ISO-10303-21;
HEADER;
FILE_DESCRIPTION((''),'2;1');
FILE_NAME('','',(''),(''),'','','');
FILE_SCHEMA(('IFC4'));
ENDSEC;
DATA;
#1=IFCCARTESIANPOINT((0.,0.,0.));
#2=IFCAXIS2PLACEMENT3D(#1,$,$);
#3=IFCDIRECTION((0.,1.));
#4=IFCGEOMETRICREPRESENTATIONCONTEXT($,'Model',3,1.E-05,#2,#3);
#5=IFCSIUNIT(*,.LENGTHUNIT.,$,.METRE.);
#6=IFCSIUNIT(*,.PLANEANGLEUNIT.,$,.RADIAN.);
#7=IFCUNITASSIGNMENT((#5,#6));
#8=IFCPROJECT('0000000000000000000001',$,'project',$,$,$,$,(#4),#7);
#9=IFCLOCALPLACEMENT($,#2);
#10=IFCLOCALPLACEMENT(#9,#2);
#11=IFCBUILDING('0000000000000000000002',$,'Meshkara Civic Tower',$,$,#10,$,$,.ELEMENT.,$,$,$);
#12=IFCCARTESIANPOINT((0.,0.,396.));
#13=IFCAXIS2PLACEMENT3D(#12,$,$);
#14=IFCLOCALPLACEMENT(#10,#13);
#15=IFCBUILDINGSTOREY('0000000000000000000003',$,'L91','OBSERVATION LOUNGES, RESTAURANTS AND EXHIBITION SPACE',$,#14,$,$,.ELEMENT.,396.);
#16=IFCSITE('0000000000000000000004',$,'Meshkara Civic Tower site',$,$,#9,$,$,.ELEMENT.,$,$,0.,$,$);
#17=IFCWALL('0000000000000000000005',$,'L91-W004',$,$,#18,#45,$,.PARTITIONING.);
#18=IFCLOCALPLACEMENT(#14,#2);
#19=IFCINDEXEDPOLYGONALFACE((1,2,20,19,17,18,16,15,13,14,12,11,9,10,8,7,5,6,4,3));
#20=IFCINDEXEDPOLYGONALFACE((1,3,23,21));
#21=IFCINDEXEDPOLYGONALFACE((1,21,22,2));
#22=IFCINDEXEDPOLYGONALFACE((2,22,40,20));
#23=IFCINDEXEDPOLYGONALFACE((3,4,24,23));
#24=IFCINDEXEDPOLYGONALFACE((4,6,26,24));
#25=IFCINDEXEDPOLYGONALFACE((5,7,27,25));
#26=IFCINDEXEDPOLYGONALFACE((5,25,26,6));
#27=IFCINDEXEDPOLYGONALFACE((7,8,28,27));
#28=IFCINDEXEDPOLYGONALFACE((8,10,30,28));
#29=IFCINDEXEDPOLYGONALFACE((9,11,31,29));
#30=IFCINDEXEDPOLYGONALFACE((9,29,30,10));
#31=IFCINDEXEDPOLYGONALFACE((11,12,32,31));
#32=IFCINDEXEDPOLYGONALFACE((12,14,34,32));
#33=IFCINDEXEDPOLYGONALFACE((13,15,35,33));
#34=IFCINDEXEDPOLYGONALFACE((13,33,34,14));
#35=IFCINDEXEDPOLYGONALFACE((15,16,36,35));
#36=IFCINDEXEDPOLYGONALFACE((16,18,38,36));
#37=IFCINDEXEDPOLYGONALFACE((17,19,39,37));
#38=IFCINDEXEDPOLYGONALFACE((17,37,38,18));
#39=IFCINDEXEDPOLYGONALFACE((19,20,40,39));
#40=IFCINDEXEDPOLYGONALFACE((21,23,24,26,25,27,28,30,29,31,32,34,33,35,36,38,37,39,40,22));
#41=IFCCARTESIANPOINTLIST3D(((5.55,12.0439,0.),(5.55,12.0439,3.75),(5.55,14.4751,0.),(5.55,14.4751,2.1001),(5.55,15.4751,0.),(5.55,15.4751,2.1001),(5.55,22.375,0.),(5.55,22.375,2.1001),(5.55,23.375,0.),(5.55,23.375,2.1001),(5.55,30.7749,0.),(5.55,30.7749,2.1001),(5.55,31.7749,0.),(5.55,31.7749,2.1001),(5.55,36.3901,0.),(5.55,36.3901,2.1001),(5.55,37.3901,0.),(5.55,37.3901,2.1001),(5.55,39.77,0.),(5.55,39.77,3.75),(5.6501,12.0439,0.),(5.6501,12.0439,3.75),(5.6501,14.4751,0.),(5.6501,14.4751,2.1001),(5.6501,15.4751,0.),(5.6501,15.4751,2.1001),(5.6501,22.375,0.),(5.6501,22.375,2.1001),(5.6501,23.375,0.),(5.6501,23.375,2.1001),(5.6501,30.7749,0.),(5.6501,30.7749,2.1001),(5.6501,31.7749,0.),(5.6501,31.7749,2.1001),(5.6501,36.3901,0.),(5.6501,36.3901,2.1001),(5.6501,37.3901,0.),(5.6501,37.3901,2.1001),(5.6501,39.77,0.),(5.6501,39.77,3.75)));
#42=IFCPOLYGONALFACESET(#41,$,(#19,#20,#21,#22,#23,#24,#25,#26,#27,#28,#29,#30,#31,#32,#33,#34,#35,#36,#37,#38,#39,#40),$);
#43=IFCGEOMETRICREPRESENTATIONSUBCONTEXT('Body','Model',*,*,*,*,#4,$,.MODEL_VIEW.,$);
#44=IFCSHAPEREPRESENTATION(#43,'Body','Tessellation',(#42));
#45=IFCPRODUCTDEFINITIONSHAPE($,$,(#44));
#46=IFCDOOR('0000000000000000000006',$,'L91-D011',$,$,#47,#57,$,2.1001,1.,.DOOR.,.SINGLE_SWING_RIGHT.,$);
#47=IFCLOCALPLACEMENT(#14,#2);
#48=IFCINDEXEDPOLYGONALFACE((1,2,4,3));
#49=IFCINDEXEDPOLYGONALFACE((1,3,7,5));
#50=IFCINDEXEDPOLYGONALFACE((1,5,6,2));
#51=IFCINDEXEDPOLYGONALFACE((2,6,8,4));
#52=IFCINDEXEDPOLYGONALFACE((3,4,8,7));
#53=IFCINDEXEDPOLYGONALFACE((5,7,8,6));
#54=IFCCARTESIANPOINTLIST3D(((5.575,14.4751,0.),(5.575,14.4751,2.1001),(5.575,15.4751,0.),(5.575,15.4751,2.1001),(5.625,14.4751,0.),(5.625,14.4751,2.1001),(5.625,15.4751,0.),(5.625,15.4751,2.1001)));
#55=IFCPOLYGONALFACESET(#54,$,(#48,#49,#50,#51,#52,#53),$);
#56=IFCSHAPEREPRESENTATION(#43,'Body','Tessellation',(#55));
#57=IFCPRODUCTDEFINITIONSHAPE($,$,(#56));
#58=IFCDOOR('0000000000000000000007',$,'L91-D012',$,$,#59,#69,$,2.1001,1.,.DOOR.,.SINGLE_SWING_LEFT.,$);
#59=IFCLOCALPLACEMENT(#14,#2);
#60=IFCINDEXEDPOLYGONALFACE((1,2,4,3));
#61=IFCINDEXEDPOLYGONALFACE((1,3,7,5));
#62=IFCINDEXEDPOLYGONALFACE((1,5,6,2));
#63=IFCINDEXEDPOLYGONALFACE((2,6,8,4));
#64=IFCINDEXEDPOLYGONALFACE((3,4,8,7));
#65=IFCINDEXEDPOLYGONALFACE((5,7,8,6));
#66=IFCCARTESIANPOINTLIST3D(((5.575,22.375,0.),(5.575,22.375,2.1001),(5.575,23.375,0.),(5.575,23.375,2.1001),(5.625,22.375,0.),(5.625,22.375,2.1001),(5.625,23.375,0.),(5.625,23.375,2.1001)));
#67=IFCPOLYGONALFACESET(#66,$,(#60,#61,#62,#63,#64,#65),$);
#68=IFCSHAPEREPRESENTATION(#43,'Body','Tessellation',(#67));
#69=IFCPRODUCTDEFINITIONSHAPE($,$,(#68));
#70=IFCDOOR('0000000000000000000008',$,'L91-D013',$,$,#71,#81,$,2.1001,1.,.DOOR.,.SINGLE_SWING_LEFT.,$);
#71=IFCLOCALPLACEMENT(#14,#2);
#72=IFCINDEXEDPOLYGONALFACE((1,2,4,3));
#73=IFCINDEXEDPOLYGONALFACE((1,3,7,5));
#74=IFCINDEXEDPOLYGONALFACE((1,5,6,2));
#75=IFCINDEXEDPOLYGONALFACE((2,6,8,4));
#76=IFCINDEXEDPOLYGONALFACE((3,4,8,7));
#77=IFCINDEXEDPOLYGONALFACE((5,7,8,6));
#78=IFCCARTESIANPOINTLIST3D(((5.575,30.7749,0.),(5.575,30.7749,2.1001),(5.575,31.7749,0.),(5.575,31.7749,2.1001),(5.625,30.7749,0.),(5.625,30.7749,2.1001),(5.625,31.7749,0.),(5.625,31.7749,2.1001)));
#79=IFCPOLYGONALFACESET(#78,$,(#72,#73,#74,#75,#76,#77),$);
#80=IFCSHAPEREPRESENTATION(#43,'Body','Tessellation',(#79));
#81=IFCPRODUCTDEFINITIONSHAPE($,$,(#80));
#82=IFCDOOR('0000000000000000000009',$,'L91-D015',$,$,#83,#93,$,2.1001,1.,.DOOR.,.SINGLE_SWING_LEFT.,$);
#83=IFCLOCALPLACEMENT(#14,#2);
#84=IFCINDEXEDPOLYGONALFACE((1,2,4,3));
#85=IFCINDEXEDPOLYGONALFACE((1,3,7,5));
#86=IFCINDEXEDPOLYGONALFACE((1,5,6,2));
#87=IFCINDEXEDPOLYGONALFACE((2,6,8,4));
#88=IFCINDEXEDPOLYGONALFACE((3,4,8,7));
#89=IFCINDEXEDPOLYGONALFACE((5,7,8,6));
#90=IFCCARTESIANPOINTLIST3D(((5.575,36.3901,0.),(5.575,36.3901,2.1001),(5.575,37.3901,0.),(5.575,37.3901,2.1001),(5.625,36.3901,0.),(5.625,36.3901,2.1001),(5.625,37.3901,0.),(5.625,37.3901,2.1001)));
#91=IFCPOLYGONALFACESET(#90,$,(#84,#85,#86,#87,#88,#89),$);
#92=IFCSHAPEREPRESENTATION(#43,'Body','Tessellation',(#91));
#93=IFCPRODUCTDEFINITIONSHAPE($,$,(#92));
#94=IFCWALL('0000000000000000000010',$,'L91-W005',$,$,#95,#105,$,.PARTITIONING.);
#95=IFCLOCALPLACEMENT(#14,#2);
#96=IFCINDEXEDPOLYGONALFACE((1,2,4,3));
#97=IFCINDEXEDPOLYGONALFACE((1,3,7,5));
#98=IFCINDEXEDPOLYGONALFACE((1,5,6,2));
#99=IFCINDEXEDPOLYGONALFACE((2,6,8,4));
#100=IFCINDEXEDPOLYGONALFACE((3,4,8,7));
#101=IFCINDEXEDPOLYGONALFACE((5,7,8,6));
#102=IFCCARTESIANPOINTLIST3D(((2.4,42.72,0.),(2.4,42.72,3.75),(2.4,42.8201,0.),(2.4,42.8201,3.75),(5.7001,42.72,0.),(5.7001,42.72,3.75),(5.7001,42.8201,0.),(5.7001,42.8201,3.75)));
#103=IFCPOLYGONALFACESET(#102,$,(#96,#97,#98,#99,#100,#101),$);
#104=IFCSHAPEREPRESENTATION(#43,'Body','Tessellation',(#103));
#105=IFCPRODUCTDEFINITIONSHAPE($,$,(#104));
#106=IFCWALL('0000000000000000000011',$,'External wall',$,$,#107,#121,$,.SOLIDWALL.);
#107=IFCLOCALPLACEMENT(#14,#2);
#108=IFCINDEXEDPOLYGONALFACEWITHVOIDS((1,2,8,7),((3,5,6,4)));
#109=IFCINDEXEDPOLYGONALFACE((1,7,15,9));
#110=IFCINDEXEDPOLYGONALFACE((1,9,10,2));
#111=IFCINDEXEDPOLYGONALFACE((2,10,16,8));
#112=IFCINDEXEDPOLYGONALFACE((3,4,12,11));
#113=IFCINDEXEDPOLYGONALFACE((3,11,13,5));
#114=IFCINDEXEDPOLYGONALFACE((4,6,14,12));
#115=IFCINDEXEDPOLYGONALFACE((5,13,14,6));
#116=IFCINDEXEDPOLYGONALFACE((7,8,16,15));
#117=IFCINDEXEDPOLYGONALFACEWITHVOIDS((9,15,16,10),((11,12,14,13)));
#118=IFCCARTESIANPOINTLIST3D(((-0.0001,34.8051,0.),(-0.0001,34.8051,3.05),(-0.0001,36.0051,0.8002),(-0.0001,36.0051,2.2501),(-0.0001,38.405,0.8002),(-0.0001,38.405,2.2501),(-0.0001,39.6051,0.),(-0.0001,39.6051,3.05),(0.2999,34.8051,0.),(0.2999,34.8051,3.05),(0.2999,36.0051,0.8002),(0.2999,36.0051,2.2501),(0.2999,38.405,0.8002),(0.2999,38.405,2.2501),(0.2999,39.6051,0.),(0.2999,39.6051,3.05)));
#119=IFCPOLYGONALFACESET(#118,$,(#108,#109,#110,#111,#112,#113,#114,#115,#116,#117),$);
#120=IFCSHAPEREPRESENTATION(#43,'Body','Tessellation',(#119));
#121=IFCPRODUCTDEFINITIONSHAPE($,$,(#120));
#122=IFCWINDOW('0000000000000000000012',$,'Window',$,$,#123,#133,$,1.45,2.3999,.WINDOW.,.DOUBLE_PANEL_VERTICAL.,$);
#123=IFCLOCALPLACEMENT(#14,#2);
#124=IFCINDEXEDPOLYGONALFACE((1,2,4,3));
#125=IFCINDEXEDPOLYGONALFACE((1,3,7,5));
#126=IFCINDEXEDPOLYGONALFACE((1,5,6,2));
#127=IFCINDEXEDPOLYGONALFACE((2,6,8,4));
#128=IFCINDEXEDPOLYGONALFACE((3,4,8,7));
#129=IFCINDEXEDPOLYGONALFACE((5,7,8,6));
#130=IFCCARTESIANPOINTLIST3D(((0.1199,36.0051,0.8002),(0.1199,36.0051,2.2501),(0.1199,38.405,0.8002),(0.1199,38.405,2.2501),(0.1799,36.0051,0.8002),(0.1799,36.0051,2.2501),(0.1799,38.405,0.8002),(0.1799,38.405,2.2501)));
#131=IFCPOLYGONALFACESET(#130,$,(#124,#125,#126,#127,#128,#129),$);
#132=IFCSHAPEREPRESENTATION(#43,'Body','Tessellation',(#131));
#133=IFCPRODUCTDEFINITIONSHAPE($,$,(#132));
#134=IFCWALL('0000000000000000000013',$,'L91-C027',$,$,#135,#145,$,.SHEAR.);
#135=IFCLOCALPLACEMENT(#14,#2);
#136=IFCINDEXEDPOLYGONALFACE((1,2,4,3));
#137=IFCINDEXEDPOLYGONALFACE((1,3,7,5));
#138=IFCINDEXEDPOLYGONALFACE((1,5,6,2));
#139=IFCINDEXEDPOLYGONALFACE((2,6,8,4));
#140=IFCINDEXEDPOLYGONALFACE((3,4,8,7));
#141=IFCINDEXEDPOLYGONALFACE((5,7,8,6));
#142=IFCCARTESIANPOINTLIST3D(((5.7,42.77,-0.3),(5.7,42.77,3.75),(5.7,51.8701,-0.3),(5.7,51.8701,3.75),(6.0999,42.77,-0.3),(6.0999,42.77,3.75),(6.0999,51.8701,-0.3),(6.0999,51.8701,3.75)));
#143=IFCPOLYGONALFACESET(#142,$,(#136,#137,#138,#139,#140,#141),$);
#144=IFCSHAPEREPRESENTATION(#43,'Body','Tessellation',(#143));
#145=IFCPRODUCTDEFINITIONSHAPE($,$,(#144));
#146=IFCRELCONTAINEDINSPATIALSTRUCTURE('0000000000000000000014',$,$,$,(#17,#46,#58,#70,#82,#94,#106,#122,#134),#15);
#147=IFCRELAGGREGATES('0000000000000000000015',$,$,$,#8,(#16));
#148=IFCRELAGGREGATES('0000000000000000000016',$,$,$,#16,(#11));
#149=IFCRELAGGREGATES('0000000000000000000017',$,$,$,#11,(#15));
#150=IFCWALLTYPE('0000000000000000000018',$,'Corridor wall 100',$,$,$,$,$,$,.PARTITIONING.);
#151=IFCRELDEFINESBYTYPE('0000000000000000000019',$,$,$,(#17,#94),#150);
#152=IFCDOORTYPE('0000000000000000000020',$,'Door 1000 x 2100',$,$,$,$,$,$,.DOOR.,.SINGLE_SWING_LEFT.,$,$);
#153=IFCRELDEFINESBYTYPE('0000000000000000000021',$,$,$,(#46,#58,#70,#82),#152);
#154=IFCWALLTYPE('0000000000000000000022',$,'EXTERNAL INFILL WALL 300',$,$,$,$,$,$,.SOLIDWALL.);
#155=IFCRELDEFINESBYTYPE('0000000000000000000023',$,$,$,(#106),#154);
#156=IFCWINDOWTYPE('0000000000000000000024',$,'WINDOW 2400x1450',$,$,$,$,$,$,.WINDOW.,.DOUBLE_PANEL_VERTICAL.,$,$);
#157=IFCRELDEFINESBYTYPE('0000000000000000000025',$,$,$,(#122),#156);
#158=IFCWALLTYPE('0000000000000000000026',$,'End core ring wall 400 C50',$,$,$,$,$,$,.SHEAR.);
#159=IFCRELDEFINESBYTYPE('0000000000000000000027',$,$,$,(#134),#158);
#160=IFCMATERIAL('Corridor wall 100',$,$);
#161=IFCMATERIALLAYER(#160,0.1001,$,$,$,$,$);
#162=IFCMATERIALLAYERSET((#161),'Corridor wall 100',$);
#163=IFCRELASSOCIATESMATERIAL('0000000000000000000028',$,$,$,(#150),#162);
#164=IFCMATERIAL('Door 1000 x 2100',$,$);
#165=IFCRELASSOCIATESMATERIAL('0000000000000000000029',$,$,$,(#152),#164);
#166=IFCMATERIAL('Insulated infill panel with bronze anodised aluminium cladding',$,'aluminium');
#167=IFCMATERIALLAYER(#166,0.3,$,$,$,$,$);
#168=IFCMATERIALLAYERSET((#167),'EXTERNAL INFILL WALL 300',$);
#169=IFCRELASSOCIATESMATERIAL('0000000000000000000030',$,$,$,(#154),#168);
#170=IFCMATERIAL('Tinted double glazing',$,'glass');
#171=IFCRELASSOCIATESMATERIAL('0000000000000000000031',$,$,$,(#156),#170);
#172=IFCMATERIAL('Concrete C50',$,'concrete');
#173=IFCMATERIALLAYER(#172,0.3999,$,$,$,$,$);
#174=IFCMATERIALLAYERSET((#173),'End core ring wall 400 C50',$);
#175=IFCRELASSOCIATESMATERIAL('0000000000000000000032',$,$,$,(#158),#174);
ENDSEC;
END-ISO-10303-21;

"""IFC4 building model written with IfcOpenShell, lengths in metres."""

from ifc_helpers import new_model, si_unit, direction, frame, frame_2d, origin, place, context, subcontext, project, spatial, rectangle, extrude, material, layer, layer_set, type_object, element, fill, save


model = new_model("IFC4")

# Units and contexts
model_context = context("Model", 3, precision=1e-05, world=origin(), true_north=direction((0.0, 1.0)))
body_context = subcontext(model_context, "Body", "Model", "MODEL_VIEW")
ifc_project = project(units=[si_unit("LENGTHUNIT", "METRE"), si_unit("PLANEANGLEUNIT", "RADIAN")], contexts=[model_context])

# Site, building, storey
site_placement = place(None, origin())
site = spatial("IfcSite", under=ifc_project, at=site_placement, Name="Meshkara Civic Tower site", CompositionType="ELEMENT", RefElevation=0.0)
building_placement = place(site_placement, origin())
building = spatial("IfcBuilding", under=site, at=building_placement, Name="Meshkara Civic Tower", CompositionType="ELEMENT")
storey_placement = place(building_placement, frame((0.0, 0.0, 396.0)))
storey = spatial("IfcBuildingStorey", under=building, at=storey_placement, Name="L91", Description="OBSERVATION LOUNGES, RESTAURANTS AND EXHIBITION SPACE", CompositionType="ELEMENT", Elevation=396.0)

# Shared definitions
ifc_material_1 = material(Name="Corridor wall 100")
ifc_layer_1 = layer(ifc_material_1, 0.1001)
ifc_layer_set_1 = layer_set([ifc_layer_1], Name="Corridor wall 100")
wall_type_1 = type_object("IfcWallType", Name="Corridor wall 100", PredefinedType="PARTITIONING", material=ifc_layer_set_1)

# Wall, openings, doors
wall_1_placement = place(storey_placement, frame((5.6001, 39.77, 0.0), z_axis=(0.0, 0.0, 1.0), x_axis=(0.0, -1.0, 0.0)))
wall_1 = element("IfcWall", 1, at=wall_1_placement, inside=storey, type_object=wall_type_1, Name="L91-W004", PredefinedType="PARTITIONING", context=body_context, shape_type="SweptSolid", body=[
    extrude(rectangle(XDim=27.7261, YDim=0.1001, at=frame_2d((13.863, 0.0))), origin(), (0.0, 0.0, 1.0), 3.75),
])
opening_1_placement = place(wall_1_placement, frame((24.2949, 0.0, 0.0)))
opening_1 = element("IfcOpeningElement", 2, at=opening_1_placement, cuts=wall_1, PredefinedType="OPENING", context=body_context, shape_type="SweptSolid", body=[
    extrude(rectangle(XDim=1.0, YDim=2.1001, at=frame_2d((0.5, 1.05))), frame((0.0, 0.0601, 0.0), z_axis=(0.0, -1.0, 0.0), x_axis=(1.0, 0.0, 0.0)), (0.0, 0.0, 1.0), 0.1201),
])
opening_2_placement = place(wall_1_placement, frame((16.395, 0.0, 0.0)))
opening_2 = element("IfcOpeningElement", 3, at=opening_2_placement, cuts=wall_1, PredefinedType="OPENING", context=body_context, shape_type="SweptSolid", body=[
    extrude(rectangle(XDim=1.0, YDim=2.1001, at=frame_2d((0.5, 1.05))), frame((0.0, 0.0601, 0.0), z_axis=(0.0, -1.0, 0.0), x_axis=(1.0, 0.0, 0.0)), (0.0, 0.0, 1.0), 0.1201),
])
opening_3_placement = place(wall_1_placement, frame((7.9951, 0.0, 0.0)))
opening_3 = element("IfcOpeningElement", 4, at=opening_3_placement, cuts=wall_1, PredefinedType="OPENING", context=body_context, shape_type="SweptSolid", body=[
    extrude(rectangle(XDim=1.0, YDim=2.1001, at=frame_2d((0.5, 1.05))), frame((0.0, 0.0601, 0.0), z_axis=(0.0, -1.0, 0.0), x_axis=(1.0, 0.0, 0.0)), (0.0, 0.0, 1.0), 0.1201),
])
opening_4_placement = place(wall_1_placement, frame((2.3799, 0.0, 0.0)))
opening_4 = element("IfcOpeningElement", 5, at=opening_4_placement, cuts=wall_1, PredefinedType="OPENING", context=body_context, shape_type="SweptSolid", body=[
    extrude(rectangle(XDim=1.0, YDim=2.1001, at=frame_2d((0.5, 1.05))), frame((0.0, 0.0601, 0.0), z_axis=(0.0, -1.0, 0.0), x_axis=(1.0, 0.0, 0.0)), (0.0, 0.0, 1.0), 0.1201),
])
ifc_material_2 = material(Name="Door 1000 x 2100")
door_type_1 = type_object("IfcDoorType", Name="Door 1000 x 2100", OperationType="SINGLE_SWING_LEFT", PredefinedType="DOOR", material=ifc_material_2)
door_1_placement = place(opening_1_placement, origin())
door_1 = element("IfcDoor", 6, at=door_1_placement, inside=storey, type_object=door_type_1, Name="L91-D011", OperationType="SINGLE_SWING_RIGHT", OverallHeight=2.1001, OverallWidth=1.0, PredefinedType="DOOR", context=body_context, shape_type="SweptSolid", body=[
    extrude(rectangle(XDim=1.0, YDim=2.1001, at=frame_2d((0.5, 1.05))), frame((0.0, 0.0249, 0.0), z_axis=(0.0, -1.0, 0.0), x_axis=(1.0, 0.0, 0.0)), (0.0, 0.0, 1.0), 0.05),
])
fill(opening_1, door_1)
door_2_placement = place(opening_2_placement, origin())
door_2 = element("IfcDoor", 7, at=door_2_placement, inside=storey, type_object=door_type_1, Name="L91-D012", OperationType="SINGLE_SWING_LEFT", OverallHeight=2.1001, OverallWidth=1.0, PredefinedType="DOOR", context=body_context, shape_type="SweptSolid", body=[
    extrude(rectangle(XDim=1.0, YDim=2.1001, at=frame_2d((0.5, 1.05))), frame((0.0, 0.0249, 0.0), z_axis=(0.0, -1.0, 0.0), x_axis=(1.0, 0.0, 0.0)), (0.0, 0.0, 1.0), 0.05),
])
fill(opening_2, door_2)
door_3_placement = place(opening_3_placement, origin())
door_3 = element("IfcDoor", 8, at=door_3_placement, inside=storey, type_object=door_type_1, Name="L91-D013", OperationType="SINGLE_SWING_LEFT", OverallHeight=2.1001, OverallWidth=1.0, PredefinedType="DOOR", context=body_context, shape_type="SweptSolid", body=[
    extrude(rectangle(XDim=1.0, YDim=2.1001, at=frame_2d((0.5, 1.05))), frame((0.0, 0.0249, 0.0), z_axis=(0.0, -1.0, 0.0), x_axis=(1.0, 0.0, 0.0)), (0.0, 0.0, 1.0), 0.05),
])
fill(opening_3, door_3)
door_4_placement = place(opening_4_placement, origin())
door_4 = element("IfcDoor", 9, at=door_4_placement, inside=storey, type_object=door_type_1, Name="L91-D015", OperationType="SINGLE_SWING_LEFT", OverallHeight=2.1001, OverallWidth=1.0, PredefinedType="DOOR", context=body_context, shape_type="SweptSolid", body=[
    extrude(rectangle(XDim=1.0, YDim=2.1001, at=frame_2d((0.5, 1.05))), frame((0.0, 0.0249, 0.0), z_axis=(0.0, -1.0, 0.0), x_axis=(1.0, 0.0, 0.0)), (0.0, 0.0, 1.0), 0.05),
])
fill(opening_4, door_4)

# Wall
wall_2_placement = place(storey_placement, frame((5.7, 42.77, 0.0), z_axis=(0.0, 0.0, 1.0), x_axis=(-1.0, 0.0, 0.0)))
element("IfcWall", 10, at=wall_2_placement, inside=storey, type_object=wall_type_1, Name="L91-W005", PredefinedType="PARTITIONING", context=body_context, shape_type="SweptSolid", body=[
    extrude(rectangle(XDim=3.3, YDim=0.1001, at=frame_2d((1.6499, 0.0))), origin(), (0.0, 0.0, 1.0), 3.75),
])

# Wall, opening, window
ifc_material_3 = material(Name="Insulated infill panel with bronze anodised aluminium cladding", Category="aluminium")
ifc_layer_2 = layer(ifc_material_3, 0.3)
ifc_layer_set_2 = layer_set([ifc_layer_2], Name="EXTERNAL INFILL WALL 300")
wall_type_2 = type_object("IfcWallType", Name="EXTERNAL INFILL WALL 300", PredefinedType="SOLIDWALL", material=ifc_layer_set_2)
wall_3_placement = place(storey_placement, frame((0.1499, 39.605, 0.0), z_axis=(0.0, 0.0, 1.0), x_axis=(0.0, -1.0, 0.0)))
wall_3 = element("IfcWall", 11, at=wall_3_placement, inside=storey, type_object=wall_type_2, Name="External wall", PredefinedType="SOLIDWALL", context=body_context, shape_type="SweptSolid", body=[
    extrude(rectangle(XDim=4.8, YDim=0.3, at=frame_2d((2.3999, 0.0))), origin(), (0.0, 0.0, 1.0), 3.05),
])
opening_5_placement = place(wall_3_placement, frame((1.2, 0.0, 0.8)))
opening_5 = element("IfcOpeningElement", 12, at=opening_5_placement, cuts=wall_3, PredefinedType="OPENING", context=body_context, shape_type="SweptSolid", body=[
    extrude(rectangle(XDim=2.3999, YDim=1.45, at=frame_2d((1.2, 0.7251))), frame((0.0, 0.1599, 0.0), z_axis=(0.0, -1.0, 0.0), x_axis=(1.0, 0.0, 0.0)), (0.0, 0.0, 1.0), 0.3201),
])
ifc_material_4 = material(Name="Tinted double glazing", Category="glass")
window_type = type_object("IfcWindowType", Name="WINDOW 2400x1450", PartitioningType="DOUBLE_PANEL_VERTICAL", PredefinedType="WINDOW", material=ifc_material_4)
window_placement = place(opening_5_placement, origin())
window = element("IfcWindow", 13, at=window_placement, inside=storey, type_object=window_type, Name="Window", OverallHeight=1.45, OverallWidth=2.3999, PartitioningType="DOUBLE_PANEL_VERTICAL", PredefinedType="WINDOW", context=body_context, shape_type="SweptSolid", body=[
    extrude(rectangle(XDim=2.3999, YDim=1.45, at=frame_2d((1.2, 0.7251))), frame((0.0, 0.03, 0.0), z_axis=(0.0, -1.0, 0.0), x_axis=(1.0, 0.0, 0.0)), (0.0, 0.0, 1.0), 0.0601),
])
fill(opening_5, window)

# Wall
ifc_material_5 = material(Name="Concrete C50", Category="concrete")
ifc_layer_3 = layer(ifc_material_5, 0.3999)
ifc_layer_set_3 = layer_set([ifc_layer_3], Name="End core ring wall 400 C50")
wall_type_3 = type_object("IfcWallType", Name="End core ring wall 400 C50", PredefinedType="SHEAR", material=ifc_layer_set_3)
wall_4_placement = place(storey_placement, frame((5.8999, 42.77, -0.3), z_axis=(0.0, 0.0, 1.0), x_axis=(0.0, 1.0, 0.0)))
element("IfcWall", 14, at=wall_4_placement, inside=storey, type_object=wall_type_3, Name="L91-C027", PredefinedType="SHEAR", context=body_context, shape_type="SweptSolid", body=[
    extrude(rectangle(XDim=9.1001, YDim=0.3999, at=frame_2d((4.55, 0.0))), origin(), (0.0, 0.0, 1.0), 4.05),
])

save(model, "model.ifc")
